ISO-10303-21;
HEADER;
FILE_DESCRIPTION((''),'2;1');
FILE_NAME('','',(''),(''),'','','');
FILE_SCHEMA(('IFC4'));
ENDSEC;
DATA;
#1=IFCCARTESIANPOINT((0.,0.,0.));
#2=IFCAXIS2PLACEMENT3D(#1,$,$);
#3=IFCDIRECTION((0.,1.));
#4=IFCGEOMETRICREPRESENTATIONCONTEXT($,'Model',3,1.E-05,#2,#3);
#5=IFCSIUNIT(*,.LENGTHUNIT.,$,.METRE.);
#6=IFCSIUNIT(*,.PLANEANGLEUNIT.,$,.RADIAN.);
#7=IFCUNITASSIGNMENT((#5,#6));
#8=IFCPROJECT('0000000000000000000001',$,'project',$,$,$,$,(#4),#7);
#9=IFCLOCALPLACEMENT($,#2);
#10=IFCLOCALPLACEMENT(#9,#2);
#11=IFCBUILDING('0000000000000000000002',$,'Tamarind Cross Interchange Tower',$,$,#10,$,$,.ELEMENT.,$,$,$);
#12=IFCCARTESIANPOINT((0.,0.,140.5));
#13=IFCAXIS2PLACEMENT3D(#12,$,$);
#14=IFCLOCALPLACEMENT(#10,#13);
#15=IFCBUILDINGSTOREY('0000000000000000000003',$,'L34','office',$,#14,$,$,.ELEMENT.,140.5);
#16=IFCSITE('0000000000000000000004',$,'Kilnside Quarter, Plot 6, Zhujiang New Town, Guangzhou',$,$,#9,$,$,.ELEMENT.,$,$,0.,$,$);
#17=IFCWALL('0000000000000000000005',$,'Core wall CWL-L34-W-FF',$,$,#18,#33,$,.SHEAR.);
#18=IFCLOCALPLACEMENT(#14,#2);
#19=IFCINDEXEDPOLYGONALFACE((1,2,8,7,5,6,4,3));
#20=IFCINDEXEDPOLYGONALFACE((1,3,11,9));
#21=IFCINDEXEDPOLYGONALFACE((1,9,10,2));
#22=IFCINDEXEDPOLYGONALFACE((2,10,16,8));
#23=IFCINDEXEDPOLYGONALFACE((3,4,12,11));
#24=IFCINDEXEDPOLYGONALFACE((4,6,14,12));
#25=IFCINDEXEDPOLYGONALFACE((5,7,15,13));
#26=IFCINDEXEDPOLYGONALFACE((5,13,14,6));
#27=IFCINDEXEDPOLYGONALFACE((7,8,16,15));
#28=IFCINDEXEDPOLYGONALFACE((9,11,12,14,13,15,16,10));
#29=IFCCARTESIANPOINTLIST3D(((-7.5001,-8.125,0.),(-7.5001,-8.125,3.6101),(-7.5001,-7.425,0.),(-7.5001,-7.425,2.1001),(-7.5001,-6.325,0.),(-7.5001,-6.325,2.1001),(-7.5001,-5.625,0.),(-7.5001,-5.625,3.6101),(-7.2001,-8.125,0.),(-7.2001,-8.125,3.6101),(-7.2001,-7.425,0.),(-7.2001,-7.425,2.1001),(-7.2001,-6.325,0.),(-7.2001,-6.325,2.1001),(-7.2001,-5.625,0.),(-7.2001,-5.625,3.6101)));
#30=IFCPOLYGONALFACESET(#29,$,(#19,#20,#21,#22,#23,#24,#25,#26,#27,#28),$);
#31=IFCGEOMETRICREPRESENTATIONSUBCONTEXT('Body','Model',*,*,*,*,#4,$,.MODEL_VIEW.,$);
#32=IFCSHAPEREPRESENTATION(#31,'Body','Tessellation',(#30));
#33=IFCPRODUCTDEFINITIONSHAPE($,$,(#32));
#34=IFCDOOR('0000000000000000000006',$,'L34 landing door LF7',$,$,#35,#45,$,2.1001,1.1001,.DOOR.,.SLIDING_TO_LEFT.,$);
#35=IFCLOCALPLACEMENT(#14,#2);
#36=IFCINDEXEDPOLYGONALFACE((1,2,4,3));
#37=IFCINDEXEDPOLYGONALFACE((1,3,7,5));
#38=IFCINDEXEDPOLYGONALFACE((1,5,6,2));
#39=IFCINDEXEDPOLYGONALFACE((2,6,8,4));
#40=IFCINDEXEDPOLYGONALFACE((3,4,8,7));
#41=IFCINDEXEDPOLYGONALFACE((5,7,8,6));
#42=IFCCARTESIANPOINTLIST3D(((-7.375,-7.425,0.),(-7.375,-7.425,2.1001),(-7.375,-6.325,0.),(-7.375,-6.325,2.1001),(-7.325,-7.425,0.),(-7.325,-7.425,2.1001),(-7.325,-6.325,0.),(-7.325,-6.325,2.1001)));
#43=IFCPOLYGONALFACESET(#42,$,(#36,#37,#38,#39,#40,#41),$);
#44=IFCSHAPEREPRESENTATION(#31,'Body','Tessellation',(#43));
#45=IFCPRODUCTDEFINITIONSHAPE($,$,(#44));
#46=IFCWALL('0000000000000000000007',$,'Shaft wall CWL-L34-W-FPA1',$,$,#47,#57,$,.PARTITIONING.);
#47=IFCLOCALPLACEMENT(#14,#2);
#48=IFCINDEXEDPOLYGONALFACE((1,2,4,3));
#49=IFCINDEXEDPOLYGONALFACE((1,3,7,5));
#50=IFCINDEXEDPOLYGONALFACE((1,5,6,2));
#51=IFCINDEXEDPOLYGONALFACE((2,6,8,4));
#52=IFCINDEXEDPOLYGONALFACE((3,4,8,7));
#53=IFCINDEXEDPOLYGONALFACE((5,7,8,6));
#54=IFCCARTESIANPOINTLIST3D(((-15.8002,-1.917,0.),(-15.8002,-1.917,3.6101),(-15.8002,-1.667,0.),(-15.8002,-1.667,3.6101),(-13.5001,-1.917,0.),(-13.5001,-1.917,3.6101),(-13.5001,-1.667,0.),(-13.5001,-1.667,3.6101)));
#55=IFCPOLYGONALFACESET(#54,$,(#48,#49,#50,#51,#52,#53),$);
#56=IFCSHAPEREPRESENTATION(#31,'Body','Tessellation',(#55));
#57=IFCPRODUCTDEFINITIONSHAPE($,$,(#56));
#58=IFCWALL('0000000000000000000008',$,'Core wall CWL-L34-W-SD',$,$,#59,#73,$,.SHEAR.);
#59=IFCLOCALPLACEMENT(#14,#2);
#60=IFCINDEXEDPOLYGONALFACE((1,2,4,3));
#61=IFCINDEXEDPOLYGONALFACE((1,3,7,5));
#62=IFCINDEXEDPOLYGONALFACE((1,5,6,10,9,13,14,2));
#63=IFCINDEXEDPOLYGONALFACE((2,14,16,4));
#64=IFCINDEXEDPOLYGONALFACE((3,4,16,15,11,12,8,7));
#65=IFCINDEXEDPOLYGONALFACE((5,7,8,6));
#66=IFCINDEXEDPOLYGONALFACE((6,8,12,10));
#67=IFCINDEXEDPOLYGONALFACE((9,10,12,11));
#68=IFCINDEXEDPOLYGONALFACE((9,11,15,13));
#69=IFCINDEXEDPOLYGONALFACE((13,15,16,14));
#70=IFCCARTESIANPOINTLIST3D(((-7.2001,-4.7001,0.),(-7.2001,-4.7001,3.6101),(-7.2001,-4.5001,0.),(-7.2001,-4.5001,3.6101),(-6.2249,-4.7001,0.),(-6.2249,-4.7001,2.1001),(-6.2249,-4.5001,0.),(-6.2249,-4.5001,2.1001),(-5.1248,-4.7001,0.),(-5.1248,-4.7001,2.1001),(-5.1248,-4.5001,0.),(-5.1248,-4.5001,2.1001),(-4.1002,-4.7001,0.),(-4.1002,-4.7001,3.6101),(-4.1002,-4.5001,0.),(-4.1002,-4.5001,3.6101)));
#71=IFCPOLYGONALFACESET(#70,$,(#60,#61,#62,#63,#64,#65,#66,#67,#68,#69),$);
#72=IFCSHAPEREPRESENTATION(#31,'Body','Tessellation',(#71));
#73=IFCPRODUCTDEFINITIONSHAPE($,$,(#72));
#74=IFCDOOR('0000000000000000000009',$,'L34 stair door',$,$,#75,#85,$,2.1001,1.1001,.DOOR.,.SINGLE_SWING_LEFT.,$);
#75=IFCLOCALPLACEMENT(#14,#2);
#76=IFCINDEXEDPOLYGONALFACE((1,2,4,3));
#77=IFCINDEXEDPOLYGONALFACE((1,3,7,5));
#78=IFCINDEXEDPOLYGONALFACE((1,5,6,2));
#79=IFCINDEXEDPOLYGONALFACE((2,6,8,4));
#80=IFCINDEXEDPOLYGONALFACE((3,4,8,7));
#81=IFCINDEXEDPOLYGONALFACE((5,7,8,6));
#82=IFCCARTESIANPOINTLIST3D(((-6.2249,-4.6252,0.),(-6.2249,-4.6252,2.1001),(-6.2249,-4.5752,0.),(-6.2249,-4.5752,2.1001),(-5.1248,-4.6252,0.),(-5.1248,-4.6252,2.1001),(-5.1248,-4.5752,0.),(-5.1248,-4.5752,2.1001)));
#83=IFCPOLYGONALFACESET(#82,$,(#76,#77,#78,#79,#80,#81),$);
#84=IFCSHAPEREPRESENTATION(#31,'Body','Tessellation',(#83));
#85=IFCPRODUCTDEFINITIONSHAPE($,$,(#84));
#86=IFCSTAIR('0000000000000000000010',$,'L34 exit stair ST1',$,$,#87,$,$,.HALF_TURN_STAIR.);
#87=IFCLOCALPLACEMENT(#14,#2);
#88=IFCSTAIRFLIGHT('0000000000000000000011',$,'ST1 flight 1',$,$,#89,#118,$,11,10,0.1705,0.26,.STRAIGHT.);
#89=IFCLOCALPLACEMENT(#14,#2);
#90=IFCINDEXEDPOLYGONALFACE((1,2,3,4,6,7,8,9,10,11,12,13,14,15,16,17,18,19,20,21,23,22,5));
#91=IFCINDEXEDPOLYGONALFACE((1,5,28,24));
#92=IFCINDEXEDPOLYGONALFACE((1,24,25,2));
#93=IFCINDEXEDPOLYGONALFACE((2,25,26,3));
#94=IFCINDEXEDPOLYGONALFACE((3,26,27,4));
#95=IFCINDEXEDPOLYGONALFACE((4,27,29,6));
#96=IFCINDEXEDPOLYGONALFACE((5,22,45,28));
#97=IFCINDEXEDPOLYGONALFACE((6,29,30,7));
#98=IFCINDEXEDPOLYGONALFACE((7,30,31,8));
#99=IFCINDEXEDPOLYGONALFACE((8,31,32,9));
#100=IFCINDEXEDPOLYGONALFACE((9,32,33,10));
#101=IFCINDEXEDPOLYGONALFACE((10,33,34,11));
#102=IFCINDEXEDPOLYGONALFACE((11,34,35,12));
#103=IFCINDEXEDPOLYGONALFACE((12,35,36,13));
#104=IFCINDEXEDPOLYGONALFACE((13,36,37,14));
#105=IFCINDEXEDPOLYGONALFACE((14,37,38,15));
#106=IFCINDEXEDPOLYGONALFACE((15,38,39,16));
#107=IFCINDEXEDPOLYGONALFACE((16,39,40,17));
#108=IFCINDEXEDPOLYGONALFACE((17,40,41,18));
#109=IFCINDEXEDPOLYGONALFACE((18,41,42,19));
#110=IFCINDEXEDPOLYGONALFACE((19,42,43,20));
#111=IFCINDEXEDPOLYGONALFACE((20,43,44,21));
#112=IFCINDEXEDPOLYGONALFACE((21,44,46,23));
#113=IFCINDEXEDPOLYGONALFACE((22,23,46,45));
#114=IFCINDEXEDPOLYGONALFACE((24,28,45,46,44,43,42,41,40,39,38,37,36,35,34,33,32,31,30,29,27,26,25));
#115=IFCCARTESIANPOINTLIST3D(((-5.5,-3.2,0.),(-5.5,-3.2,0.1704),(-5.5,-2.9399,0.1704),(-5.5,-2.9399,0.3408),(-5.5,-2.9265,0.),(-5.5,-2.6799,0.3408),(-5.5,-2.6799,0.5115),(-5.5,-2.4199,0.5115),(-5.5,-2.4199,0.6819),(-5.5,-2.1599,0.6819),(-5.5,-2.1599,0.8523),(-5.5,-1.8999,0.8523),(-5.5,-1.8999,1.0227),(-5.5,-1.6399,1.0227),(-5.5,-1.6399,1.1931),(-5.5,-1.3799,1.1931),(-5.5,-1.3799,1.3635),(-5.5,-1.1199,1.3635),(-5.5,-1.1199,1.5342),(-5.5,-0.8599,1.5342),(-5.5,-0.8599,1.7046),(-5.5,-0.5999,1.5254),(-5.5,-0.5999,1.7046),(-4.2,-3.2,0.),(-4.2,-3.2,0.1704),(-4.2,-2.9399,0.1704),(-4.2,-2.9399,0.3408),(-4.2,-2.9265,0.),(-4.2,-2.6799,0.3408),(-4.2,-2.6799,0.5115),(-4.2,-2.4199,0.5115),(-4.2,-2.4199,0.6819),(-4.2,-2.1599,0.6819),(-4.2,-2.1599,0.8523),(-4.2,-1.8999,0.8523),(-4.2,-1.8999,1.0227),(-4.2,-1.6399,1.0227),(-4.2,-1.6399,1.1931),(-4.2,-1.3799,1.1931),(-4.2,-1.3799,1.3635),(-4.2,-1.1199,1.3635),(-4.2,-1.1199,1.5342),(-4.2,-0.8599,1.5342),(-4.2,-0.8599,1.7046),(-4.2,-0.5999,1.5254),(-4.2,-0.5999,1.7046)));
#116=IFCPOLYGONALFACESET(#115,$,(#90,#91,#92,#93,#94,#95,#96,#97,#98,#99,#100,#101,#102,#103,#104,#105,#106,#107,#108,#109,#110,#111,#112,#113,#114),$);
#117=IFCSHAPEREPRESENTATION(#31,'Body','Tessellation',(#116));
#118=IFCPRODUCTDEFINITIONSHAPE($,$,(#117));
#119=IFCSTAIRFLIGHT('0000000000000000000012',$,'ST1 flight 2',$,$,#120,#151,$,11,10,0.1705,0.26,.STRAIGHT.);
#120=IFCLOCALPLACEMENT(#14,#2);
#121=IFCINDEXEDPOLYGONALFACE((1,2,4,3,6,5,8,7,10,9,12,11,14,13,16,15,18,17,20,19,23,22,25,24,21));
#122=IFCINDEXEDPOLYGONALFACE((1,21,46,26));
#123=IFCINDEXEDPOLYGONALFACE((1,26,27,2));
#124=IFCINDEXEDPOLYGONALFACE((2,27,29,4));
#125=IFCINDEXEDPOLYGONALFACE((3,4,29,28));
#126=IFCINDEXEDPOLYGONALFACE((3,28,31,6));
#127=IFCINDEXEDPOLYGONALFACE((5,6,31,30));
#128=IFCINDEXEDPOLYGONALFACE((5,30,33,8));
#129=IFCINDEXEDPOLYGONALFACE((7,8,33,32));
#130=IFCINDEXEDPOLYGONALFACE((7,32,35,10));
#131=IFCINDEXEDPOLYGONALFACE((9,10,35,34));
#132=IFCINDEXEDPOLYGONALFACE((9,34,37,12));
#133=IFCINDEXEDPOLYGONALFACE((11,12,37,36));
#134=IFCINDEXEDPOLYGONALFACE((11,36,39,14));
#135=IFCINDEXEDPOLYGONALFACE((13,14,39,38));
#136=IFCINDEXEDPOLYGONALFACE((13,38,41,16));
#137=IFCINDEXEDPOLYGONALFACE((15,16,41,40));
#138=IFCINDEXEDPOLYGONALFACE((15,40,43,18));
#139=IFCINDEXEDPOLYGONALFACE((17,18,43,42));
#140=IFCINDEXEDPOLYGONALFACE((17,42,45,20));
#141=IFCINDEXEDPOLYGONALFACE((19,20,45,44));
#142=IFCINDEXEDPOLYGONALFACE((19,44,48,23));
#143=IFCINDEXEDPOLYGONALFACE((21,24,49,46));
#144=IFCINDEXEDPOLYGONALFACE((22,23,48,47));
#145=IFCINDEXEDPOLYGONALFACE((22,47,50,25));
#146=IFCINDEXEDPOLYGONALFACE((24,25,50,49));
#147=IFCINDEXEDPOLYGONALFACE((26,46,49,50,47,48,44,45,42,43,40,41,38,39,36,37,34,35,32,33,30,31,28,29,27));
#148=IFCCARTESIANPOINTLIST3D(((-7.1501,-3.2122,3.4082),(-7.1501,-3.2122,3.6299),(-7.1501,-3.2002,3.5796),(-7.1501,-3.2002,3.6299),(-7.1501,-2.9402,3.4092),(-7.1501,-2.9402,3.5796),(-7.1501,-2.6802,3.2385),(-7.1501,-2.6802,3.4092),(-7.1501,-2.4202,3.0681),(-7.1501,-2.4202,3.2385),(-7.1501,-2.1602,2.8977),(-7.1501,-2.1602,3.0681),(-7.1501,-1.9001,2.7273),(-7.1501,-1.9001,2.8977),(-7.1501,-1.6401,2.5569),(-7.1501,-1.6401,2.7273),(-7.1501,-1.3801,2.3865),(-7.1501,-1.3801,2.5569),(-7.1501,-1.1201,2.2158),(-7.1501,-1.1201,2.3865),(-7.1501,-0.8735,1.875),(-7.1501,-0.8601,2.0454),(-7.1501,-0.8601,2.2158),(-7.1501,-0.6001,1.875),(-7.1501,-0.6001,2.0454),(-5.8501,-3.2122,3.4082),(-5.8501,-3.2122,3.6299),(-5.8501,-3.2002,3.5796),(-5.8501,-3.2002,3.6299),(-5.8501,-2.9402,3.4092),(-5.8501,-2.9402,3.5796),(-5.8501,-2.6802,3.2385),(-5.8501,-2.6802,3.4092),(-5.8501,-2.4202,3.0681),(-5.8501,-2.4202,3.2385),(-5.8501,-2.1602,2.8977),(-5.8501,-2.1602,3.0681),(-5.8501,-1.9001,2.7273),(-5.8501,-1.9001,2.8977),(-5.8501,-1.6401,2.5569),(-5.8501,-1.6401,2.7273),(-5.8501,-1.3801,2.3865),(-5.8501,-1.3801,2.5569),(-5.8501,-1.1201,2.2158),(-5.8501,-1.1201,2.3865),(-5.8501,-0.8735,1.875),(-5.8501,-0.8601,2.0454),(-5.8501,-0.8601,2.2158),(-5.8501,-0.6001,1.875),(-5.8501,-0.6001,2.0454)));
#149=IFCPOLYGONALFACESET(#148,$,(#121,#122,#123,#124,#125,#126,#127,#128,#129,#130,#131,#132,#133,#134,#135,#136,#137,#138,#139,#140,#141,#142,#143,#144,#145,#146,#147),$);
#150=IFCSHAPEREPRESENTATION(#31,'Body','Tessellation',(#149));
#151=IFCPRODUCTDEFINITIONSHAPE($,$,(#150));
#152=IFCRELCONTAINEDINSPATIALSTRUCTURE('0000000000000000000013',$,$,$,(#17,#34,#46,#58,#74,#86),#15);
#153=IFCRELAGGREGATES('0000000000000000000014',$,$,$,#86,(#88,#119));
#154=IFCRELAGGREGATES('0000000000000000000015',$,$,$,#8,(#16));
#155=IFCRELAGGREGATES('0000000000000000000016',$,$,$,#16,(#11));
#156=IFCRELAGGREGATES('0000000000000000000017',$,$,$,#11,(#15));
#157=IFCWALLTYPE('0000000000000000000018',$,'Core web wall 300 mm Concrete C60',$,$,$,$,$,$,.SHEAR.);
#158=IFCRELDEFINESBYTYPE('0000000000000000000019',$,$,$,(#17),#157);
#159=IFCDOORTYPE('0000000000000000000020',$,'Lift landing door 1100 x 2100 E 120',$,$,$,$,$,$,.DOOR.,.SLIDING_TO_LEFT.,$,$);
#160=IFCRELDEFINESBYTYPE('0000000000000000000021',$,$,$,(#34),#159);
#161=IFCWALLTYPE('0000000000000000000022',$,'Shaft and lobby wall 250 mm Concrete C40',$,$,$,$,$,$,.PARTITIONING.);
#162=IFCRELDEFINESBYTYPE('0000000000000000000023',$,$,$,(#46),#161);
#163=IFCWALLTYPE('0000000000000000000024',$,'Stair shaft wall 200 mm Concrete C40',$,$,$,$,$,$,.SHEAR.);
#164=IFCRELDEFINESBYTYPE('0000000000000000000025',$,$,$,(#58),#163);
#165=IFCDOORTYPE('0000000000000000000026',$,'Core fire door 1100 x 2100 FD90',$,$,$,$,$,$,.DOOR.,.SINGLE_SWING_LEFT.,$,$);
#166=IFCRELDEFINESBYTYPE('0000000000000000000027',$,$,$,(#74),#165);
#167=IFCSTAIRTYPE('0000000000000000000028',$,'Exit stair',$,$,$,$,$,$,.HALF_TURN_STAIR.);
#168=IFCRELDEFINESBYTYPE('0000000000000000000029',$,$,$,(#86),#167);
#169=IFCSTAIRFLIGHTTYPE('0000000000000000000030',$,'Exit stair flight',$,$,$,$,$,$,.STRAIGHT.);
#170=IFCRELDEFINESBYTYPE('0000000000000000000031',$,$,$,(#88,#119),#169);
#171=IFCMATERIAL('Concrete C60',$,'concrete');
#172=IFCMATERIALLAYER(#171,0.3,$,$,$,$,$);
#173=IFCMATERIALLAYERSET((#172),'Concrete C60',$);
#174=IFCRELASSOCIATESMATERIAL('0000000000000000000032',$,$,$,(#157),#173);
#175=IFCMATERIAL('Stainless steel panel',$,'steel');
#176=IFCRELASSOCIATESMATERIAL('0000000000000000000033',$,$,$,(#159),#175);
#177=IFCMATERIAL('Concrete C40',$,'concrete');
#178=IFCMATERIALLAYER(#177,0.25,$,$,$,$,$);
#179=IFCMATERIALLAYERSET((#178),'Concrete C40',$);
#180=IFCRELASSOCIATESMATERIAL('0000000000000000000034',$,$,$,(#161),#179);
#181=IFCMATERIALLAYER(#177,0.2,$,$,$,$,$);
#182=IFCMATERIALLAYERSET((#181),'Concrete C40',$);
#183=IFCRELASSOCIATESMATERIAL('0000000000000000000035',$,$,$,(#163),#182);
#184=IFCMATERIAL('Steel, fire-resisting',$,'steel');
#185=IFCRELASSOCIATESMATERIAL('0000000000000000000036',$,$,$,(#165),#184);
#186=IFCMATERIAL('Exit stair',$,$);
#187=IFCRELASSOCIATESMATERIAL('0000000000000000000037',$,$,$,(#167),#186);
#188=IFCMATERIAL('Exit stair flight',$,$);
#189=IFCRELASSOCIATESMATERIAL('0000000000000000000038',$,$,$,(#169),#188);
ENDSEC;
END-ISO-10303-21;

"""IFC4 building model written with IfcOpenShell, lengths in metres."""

from ifc_helpers import new_model, si_unit, direction, frame, frame_2d, origin, place, context, subcontext, project, spatial, polyline, rectangle, outline, extrude, material, layer, layer_set, type_object, element, fill, aggregate, save


model = new_model("IFC4")

# Units and contexts
model_context = context("Model", 3, precision=1e-05, world=origin(), true_north=direction((0.0, 1.0)))
body_context = subcontext(model_context, "Body", "Model", "MODEL_VIEW")
ifc_project = project(units=[si_unit("LENGTHUNIT", "METRE"), si_unit("PLANEANGLEUNIT", "RADIAN")], contexts=[model_context])

# Site, building, storey
site_placement = place(None, origin())
site = spatial("IfcSite", under=ifc_project, at=site_placement, Name="Kilnside Quarter, Plot 6, Zhujiang New Town, Guangzhou", CompositionType="ELEMENT", RefElevation=0.0)
building_placement = place(site_placement, origin())
building = spatial("IfcBuilding", under=site, at=building_placement, Name="Tamarind Cross Interchange Tower", CompositionType="ELEMENT")
storey_placement = place(building_placement, frame((0.0, 0.0, 140.5)))
storey = spatial("IfcBuildingStorey", under=building, at=storey_placement, Name="L34", Description="office", CompositionType="ELEMENT", Elevation=140.5)

# Shared definitions
ifc_material_1 = material(Name="Concrete C60", Category="concrete")
ifc_material_2 = material(Name="Steel, fire-resisting", Category="steel")

# Shared definitions
ifc_layer_1 = layer(ifc_material_1, 0.3)
ifc_layer_set_1 = layer_set([ifc_layer_1], Name="Concrete C60")
wall_type_1 = type_object("IfcWallType", Name="Core web wall 300 mm Concrete C60", PredefinedType="SHEAR", material=ifc_layer_set_1)

# Wall, opening, door
wall_1_placement = place(storey_placement, frame((-7.3501, -8.125, 0.0), z_axis=(0.0, 0.0, 1.0), x_axis=(0.0, 1.0, 0.0)))
wall_1 = element("IfcWall", 1, at=wall_1_placement, inside=storey, type_object=wall_type_1, Name="Core wall CWL-L34-W-FF", PredefinedType="SHEAR", context=body_context, shape_type="SweptSolid", body=[
    extrude(rectangle(XDim=2.5, YDim=0.3, at=frame_2d((1.25, 0.0))), origin(), (0.0, 0.0, 1.0), 3.6101),
])
opening_1_placement = place(wall_1_placement, frame((0.7, 0.0, 0.0)))
opening_1 = element("IfcOpeningElement", 2, at=opening_1_placement, cuts=wall_1, PredefinedType="OPENING", context=body_context, shape_type="SweptSolid", body=[
    extrude(rectangle(XDim=1.1001, YDim=2.1001, at=frame_2d((0.55, 1.05))), frame((0.0, 0.1599, 0.0), z_axis=(0.0, -1.0, 0.0), x_axis=(1.0, 0.0, 0.0)), (0.0, 0.0, 1.0), 0.3201),
])
ifc_material_3 = material(Name="Stainless steel panel", Category="steel")
door_type_1 = type_object("IfcDoorType", Name="Lift landing door 1100 x 2100 E 120", OperationType="SLIDING_TO_LEFT", PredefinedType="DOOR", material=ifc_material_3)
door_1_placement = place(opening_1_placement, origin())
door_1 = element("IfcDoor", 3, at=door_1_placement, inside=storey, type_object=door_type_1, Name="L34 landing door LF7", OperationType="SLIDING_TO_LEFT", OverallHeight=2.1001, OverallWidth=1.1001, PredefinedType="DOOR", context=body_context, shape_type="SweptSolid", body=[
    extrude(rectangle(XDim=1.1001, YDim=2.1001, at=frame_2d((0.55, 1.05))), frame((0.0, 0.0249, 0.0), z_axis=(0.0, -1.0, 0.0), x_axis=(1.0, 0.0, 0.0)), (0.0, 0.0, 1.0), 0.05),
])
fill(opening_1, door_1)

# Wall
ifc_material_4 = material(Name="Concrete C40", Category="concrete")
ifc_layer_2 = layer(ifc_material_4, 0.25)
ifc_layer_set_2 = layer_set([ifc_layer_2], Name="Concrete C40")
wall_type_2 = type_object("IfcWallType", Name="Shaft and lobby wall 250 mm Concrete C40", PredefinedType="PARTITIONING", material=ifc_layer_set_2)
wall_2_placement = place(storey_placement, frame((-15.8, -1.792, 0.0), z_axis=(0.0, 0.0, 1.0), x_axis=(1.0, 0.0, 0.0)))
element("IfcWall", 4, at=wall_2_placement, inside=storey, type_object=wall_type_2, Name="Shaft wall CWL-L34-W-FPA1", PredefinedType="PARTITIONING", context=body_context, shape_type="SweptSolid", body=[
    extrude(rectangle(XDim=2.3, YDim=0.25, at=frame_2d((1.1499, 0.0))), origin(), (0.0, 0.0, 1.0), 3.6101),
])

# Wall, opening, door
ifc_layer_3 = layer(ifc_material_4, 0.2)
ifc_layer_set_3 = layer_set([ifc_layer_3], Name="Concrete C40")
wall_type_3 = type_object("IfcWallType", Name="Stair shaft wall 200 mm Concrete C40", PredefinedType="SHEAR", material=ifc_layer_set_3)
wall_3_placement = place(storey_placement, frame((-7.2, -4.6001, 0.0), z_axis=(0.0, 0.0, 1.0), x_axis=(1.0, 0.0, 0.0)))
wall_3 = element("IfcWall", 5, at=wall_3_placement, inside=storey, type_object=wall_type_3, Name="Core wall CWL-L34-W-SD", PredefinedType="SHEAR", context=body_context, shape_type="SweptSolid", body=[
    extrude(rectangle(XDim=3.0999, YDim=0.2, at=frame_2d((1.5498, 0.0))), origin(), (0.0, 0.0, 1.0), 3.6101),
])
opening_2_placement = place(wall_3_placement, frame((0.9751, 0.0, 0.0)))
opening_2 = element("IfcOpeningElement", 6, at=opening_2_placement, cuts=wall_3, PredefinedType="OPENING", context=body_context, shape_type="SweptSolid", body=[
    extrude(rectangle(XDim=1.1001, YDim=2.1001, at=frame_2d((0.55, 1.05))), frame((0.0, 0.1099, 0.0), z_axis=(0.0, -1.0, 0.0), x_axis=(1.0, 0.0, 0.0)), (0.0, 0.0, 1.0), 0.22),
])
door_type_2 = type_object("IfcDoorType", Name="Core fire door 1100 x 2100 FD90", OperationType="SINGLE_SWING_LEFT", PredefinedType="DOOR", material=ifc_material_2)
door_2_placement = place(opening_2_placement, origin())
door_2 = element("IfcDoor", 7, at=door_2_placement, inside=storey, type_object=door_type_2, Name="L34 stair door", OperationType="SINGLE_SWING_LEFT", OverallHeight=2.1001, OverallWidth=1.1001, PredefinedType="DOOR", context=body_context, shape_type="SweptSolid", body=[
    extrude(rectangle(XDim=1.1001, YDim=2.1001, at=frame_2d((0.55, 1.05))), frame((0.0, 0.0249, 0.0), z_axis=(0.0, -1.0, 0.0), x_axis=(1.0, 0.0, 0.0)), (0.0, 0.0, 1.0), 0.05),
])
fill(opening_2, door_2)

# Stair, stair flights
ifc_material_5 = material(Name="Exit stair")
stair_type = type_object("IfcStairType", Name="Exit stair", PredefinedType="HALF_TURN_STAIR", material=ifc_material_5)
stair_placement = place(storey_placement, origin())
stair = element("IfcStair", 8, at=stair_placement, inside=storey, type_object=stair_type, Name="L34 exit stair ST1", PredefinedType="HALF_TURN_STAIR")
ifc_material_6 = material(Name="Exit stair flight")
stair_flight_type = type_object("IfcStairFlightType", Name="Exit stair flight", PredefinedType="STRAIGHT", material=ifc_material_6)
stair_flight_1_placement = place(storey_placement, frame((-4.8501, -3.2, 0.0), z_axis=(0.0, 0.0, 1.0), x_axis=(0.0, 1.0, 0.0)))
stair_flight_1 = element("IfcStairFlight", 9, at=stair_flight_1_placement, type_object=stair_flight_type, Name="ST1 flight 1", NumberOfRisers=11, NumberOfTreads=10, PredefinedType="STRAIGHT", RiserHeight=0.1705, TreadLength=0.26, context=body_context, shape_type="SweptSolid", body=[
    extrude(outline(polyline([(0.0, 0.0), (0.0, 0.1704), (0.26, 0.1704), (0.26, 0.3408), (0.52, 0.3408), (0.52, 0.5115), (0.78, 0.5115), (0.78, 0.6819), (1.04, 0.6819), (1.04, 0.8523), (1.3, 0.8523), (1.3, 1.0227), (1.5601, 1.0227), (1.5601, 1.1931), (1.8201, 1.1931), (1.8201, 1.3635), (2.0801, 1.3635), (2.0801, 1.5342), (2.3401, 1.5342), (2.3401, 1.7046), (2.6001, 1.7046), (2.6001, 1.875), (2.6001, 1.5254), (0.2734, 0.0), (0.0, 0.0)])), frame((0.0, 0.6499, 0.0), z_axis=(0.0, -1.0, 0.0), x_axis=(1.0, 0.0, 0.0)), (0.0, 0.0, 1.0), 1.3),
])
stair_flight_2_placement = place(storey_placement, frame((-6.5, -0.6001, 1.875), z_axis=(0.0, 0.0, 1.0), x_axis=(0.0, -1.0, 0.0)))
stair_flight_2 = element("IfcStairFlight", 10, at=stair_flight_2_placement, type_object=stair_flight_type, Name="ST1 flight 2", NumberOfRisers=11, NumberOfTreads=10, PredefinedType="STRAIGHT", RiserHeight=0.1705, TreadLength=0.26, context=body_context, shape_type="SweptSolid", body=[
    extrude(outline(polyline([(0.0, 0.0), (0.0, 0.1704), (0.26, 0.1704), (0.26, 0.3408), (0.52, 0.3408), (0.52, 0.5115), (0.78, 0.5115), (0.78, 0.6819), (1.04, 0.6819), (1.04, 0.8523), (1.3, 0.8523), (1.3, 1.0227), (1.5601, 1.0227), (1.5601, 1.1931), (1.8201, 1.1931), (1.8201, 1.3635), (2.0801, 1.3635), (2.0801, 1.5342), (2.3401, 1.5342), (2.3401, 1.7046), (2.6001, 1.7046), (2.6001, 1.7549), (2.6121, 1.7549), (2.6121, 1.5332), (0.2734, 0.0), (0.0, 0.0)])), frame((0.0, 0.6499, 0.0), z_axis=(0.0, -1.0, 0.0), x_axis=(1.0, 0.0, 0.0)), (0.0, 0.0, 1.0), 1.3),
])
aggregate(stair, [stair_flight_1, stair_flight_2])

save(model, "model.ifc")
